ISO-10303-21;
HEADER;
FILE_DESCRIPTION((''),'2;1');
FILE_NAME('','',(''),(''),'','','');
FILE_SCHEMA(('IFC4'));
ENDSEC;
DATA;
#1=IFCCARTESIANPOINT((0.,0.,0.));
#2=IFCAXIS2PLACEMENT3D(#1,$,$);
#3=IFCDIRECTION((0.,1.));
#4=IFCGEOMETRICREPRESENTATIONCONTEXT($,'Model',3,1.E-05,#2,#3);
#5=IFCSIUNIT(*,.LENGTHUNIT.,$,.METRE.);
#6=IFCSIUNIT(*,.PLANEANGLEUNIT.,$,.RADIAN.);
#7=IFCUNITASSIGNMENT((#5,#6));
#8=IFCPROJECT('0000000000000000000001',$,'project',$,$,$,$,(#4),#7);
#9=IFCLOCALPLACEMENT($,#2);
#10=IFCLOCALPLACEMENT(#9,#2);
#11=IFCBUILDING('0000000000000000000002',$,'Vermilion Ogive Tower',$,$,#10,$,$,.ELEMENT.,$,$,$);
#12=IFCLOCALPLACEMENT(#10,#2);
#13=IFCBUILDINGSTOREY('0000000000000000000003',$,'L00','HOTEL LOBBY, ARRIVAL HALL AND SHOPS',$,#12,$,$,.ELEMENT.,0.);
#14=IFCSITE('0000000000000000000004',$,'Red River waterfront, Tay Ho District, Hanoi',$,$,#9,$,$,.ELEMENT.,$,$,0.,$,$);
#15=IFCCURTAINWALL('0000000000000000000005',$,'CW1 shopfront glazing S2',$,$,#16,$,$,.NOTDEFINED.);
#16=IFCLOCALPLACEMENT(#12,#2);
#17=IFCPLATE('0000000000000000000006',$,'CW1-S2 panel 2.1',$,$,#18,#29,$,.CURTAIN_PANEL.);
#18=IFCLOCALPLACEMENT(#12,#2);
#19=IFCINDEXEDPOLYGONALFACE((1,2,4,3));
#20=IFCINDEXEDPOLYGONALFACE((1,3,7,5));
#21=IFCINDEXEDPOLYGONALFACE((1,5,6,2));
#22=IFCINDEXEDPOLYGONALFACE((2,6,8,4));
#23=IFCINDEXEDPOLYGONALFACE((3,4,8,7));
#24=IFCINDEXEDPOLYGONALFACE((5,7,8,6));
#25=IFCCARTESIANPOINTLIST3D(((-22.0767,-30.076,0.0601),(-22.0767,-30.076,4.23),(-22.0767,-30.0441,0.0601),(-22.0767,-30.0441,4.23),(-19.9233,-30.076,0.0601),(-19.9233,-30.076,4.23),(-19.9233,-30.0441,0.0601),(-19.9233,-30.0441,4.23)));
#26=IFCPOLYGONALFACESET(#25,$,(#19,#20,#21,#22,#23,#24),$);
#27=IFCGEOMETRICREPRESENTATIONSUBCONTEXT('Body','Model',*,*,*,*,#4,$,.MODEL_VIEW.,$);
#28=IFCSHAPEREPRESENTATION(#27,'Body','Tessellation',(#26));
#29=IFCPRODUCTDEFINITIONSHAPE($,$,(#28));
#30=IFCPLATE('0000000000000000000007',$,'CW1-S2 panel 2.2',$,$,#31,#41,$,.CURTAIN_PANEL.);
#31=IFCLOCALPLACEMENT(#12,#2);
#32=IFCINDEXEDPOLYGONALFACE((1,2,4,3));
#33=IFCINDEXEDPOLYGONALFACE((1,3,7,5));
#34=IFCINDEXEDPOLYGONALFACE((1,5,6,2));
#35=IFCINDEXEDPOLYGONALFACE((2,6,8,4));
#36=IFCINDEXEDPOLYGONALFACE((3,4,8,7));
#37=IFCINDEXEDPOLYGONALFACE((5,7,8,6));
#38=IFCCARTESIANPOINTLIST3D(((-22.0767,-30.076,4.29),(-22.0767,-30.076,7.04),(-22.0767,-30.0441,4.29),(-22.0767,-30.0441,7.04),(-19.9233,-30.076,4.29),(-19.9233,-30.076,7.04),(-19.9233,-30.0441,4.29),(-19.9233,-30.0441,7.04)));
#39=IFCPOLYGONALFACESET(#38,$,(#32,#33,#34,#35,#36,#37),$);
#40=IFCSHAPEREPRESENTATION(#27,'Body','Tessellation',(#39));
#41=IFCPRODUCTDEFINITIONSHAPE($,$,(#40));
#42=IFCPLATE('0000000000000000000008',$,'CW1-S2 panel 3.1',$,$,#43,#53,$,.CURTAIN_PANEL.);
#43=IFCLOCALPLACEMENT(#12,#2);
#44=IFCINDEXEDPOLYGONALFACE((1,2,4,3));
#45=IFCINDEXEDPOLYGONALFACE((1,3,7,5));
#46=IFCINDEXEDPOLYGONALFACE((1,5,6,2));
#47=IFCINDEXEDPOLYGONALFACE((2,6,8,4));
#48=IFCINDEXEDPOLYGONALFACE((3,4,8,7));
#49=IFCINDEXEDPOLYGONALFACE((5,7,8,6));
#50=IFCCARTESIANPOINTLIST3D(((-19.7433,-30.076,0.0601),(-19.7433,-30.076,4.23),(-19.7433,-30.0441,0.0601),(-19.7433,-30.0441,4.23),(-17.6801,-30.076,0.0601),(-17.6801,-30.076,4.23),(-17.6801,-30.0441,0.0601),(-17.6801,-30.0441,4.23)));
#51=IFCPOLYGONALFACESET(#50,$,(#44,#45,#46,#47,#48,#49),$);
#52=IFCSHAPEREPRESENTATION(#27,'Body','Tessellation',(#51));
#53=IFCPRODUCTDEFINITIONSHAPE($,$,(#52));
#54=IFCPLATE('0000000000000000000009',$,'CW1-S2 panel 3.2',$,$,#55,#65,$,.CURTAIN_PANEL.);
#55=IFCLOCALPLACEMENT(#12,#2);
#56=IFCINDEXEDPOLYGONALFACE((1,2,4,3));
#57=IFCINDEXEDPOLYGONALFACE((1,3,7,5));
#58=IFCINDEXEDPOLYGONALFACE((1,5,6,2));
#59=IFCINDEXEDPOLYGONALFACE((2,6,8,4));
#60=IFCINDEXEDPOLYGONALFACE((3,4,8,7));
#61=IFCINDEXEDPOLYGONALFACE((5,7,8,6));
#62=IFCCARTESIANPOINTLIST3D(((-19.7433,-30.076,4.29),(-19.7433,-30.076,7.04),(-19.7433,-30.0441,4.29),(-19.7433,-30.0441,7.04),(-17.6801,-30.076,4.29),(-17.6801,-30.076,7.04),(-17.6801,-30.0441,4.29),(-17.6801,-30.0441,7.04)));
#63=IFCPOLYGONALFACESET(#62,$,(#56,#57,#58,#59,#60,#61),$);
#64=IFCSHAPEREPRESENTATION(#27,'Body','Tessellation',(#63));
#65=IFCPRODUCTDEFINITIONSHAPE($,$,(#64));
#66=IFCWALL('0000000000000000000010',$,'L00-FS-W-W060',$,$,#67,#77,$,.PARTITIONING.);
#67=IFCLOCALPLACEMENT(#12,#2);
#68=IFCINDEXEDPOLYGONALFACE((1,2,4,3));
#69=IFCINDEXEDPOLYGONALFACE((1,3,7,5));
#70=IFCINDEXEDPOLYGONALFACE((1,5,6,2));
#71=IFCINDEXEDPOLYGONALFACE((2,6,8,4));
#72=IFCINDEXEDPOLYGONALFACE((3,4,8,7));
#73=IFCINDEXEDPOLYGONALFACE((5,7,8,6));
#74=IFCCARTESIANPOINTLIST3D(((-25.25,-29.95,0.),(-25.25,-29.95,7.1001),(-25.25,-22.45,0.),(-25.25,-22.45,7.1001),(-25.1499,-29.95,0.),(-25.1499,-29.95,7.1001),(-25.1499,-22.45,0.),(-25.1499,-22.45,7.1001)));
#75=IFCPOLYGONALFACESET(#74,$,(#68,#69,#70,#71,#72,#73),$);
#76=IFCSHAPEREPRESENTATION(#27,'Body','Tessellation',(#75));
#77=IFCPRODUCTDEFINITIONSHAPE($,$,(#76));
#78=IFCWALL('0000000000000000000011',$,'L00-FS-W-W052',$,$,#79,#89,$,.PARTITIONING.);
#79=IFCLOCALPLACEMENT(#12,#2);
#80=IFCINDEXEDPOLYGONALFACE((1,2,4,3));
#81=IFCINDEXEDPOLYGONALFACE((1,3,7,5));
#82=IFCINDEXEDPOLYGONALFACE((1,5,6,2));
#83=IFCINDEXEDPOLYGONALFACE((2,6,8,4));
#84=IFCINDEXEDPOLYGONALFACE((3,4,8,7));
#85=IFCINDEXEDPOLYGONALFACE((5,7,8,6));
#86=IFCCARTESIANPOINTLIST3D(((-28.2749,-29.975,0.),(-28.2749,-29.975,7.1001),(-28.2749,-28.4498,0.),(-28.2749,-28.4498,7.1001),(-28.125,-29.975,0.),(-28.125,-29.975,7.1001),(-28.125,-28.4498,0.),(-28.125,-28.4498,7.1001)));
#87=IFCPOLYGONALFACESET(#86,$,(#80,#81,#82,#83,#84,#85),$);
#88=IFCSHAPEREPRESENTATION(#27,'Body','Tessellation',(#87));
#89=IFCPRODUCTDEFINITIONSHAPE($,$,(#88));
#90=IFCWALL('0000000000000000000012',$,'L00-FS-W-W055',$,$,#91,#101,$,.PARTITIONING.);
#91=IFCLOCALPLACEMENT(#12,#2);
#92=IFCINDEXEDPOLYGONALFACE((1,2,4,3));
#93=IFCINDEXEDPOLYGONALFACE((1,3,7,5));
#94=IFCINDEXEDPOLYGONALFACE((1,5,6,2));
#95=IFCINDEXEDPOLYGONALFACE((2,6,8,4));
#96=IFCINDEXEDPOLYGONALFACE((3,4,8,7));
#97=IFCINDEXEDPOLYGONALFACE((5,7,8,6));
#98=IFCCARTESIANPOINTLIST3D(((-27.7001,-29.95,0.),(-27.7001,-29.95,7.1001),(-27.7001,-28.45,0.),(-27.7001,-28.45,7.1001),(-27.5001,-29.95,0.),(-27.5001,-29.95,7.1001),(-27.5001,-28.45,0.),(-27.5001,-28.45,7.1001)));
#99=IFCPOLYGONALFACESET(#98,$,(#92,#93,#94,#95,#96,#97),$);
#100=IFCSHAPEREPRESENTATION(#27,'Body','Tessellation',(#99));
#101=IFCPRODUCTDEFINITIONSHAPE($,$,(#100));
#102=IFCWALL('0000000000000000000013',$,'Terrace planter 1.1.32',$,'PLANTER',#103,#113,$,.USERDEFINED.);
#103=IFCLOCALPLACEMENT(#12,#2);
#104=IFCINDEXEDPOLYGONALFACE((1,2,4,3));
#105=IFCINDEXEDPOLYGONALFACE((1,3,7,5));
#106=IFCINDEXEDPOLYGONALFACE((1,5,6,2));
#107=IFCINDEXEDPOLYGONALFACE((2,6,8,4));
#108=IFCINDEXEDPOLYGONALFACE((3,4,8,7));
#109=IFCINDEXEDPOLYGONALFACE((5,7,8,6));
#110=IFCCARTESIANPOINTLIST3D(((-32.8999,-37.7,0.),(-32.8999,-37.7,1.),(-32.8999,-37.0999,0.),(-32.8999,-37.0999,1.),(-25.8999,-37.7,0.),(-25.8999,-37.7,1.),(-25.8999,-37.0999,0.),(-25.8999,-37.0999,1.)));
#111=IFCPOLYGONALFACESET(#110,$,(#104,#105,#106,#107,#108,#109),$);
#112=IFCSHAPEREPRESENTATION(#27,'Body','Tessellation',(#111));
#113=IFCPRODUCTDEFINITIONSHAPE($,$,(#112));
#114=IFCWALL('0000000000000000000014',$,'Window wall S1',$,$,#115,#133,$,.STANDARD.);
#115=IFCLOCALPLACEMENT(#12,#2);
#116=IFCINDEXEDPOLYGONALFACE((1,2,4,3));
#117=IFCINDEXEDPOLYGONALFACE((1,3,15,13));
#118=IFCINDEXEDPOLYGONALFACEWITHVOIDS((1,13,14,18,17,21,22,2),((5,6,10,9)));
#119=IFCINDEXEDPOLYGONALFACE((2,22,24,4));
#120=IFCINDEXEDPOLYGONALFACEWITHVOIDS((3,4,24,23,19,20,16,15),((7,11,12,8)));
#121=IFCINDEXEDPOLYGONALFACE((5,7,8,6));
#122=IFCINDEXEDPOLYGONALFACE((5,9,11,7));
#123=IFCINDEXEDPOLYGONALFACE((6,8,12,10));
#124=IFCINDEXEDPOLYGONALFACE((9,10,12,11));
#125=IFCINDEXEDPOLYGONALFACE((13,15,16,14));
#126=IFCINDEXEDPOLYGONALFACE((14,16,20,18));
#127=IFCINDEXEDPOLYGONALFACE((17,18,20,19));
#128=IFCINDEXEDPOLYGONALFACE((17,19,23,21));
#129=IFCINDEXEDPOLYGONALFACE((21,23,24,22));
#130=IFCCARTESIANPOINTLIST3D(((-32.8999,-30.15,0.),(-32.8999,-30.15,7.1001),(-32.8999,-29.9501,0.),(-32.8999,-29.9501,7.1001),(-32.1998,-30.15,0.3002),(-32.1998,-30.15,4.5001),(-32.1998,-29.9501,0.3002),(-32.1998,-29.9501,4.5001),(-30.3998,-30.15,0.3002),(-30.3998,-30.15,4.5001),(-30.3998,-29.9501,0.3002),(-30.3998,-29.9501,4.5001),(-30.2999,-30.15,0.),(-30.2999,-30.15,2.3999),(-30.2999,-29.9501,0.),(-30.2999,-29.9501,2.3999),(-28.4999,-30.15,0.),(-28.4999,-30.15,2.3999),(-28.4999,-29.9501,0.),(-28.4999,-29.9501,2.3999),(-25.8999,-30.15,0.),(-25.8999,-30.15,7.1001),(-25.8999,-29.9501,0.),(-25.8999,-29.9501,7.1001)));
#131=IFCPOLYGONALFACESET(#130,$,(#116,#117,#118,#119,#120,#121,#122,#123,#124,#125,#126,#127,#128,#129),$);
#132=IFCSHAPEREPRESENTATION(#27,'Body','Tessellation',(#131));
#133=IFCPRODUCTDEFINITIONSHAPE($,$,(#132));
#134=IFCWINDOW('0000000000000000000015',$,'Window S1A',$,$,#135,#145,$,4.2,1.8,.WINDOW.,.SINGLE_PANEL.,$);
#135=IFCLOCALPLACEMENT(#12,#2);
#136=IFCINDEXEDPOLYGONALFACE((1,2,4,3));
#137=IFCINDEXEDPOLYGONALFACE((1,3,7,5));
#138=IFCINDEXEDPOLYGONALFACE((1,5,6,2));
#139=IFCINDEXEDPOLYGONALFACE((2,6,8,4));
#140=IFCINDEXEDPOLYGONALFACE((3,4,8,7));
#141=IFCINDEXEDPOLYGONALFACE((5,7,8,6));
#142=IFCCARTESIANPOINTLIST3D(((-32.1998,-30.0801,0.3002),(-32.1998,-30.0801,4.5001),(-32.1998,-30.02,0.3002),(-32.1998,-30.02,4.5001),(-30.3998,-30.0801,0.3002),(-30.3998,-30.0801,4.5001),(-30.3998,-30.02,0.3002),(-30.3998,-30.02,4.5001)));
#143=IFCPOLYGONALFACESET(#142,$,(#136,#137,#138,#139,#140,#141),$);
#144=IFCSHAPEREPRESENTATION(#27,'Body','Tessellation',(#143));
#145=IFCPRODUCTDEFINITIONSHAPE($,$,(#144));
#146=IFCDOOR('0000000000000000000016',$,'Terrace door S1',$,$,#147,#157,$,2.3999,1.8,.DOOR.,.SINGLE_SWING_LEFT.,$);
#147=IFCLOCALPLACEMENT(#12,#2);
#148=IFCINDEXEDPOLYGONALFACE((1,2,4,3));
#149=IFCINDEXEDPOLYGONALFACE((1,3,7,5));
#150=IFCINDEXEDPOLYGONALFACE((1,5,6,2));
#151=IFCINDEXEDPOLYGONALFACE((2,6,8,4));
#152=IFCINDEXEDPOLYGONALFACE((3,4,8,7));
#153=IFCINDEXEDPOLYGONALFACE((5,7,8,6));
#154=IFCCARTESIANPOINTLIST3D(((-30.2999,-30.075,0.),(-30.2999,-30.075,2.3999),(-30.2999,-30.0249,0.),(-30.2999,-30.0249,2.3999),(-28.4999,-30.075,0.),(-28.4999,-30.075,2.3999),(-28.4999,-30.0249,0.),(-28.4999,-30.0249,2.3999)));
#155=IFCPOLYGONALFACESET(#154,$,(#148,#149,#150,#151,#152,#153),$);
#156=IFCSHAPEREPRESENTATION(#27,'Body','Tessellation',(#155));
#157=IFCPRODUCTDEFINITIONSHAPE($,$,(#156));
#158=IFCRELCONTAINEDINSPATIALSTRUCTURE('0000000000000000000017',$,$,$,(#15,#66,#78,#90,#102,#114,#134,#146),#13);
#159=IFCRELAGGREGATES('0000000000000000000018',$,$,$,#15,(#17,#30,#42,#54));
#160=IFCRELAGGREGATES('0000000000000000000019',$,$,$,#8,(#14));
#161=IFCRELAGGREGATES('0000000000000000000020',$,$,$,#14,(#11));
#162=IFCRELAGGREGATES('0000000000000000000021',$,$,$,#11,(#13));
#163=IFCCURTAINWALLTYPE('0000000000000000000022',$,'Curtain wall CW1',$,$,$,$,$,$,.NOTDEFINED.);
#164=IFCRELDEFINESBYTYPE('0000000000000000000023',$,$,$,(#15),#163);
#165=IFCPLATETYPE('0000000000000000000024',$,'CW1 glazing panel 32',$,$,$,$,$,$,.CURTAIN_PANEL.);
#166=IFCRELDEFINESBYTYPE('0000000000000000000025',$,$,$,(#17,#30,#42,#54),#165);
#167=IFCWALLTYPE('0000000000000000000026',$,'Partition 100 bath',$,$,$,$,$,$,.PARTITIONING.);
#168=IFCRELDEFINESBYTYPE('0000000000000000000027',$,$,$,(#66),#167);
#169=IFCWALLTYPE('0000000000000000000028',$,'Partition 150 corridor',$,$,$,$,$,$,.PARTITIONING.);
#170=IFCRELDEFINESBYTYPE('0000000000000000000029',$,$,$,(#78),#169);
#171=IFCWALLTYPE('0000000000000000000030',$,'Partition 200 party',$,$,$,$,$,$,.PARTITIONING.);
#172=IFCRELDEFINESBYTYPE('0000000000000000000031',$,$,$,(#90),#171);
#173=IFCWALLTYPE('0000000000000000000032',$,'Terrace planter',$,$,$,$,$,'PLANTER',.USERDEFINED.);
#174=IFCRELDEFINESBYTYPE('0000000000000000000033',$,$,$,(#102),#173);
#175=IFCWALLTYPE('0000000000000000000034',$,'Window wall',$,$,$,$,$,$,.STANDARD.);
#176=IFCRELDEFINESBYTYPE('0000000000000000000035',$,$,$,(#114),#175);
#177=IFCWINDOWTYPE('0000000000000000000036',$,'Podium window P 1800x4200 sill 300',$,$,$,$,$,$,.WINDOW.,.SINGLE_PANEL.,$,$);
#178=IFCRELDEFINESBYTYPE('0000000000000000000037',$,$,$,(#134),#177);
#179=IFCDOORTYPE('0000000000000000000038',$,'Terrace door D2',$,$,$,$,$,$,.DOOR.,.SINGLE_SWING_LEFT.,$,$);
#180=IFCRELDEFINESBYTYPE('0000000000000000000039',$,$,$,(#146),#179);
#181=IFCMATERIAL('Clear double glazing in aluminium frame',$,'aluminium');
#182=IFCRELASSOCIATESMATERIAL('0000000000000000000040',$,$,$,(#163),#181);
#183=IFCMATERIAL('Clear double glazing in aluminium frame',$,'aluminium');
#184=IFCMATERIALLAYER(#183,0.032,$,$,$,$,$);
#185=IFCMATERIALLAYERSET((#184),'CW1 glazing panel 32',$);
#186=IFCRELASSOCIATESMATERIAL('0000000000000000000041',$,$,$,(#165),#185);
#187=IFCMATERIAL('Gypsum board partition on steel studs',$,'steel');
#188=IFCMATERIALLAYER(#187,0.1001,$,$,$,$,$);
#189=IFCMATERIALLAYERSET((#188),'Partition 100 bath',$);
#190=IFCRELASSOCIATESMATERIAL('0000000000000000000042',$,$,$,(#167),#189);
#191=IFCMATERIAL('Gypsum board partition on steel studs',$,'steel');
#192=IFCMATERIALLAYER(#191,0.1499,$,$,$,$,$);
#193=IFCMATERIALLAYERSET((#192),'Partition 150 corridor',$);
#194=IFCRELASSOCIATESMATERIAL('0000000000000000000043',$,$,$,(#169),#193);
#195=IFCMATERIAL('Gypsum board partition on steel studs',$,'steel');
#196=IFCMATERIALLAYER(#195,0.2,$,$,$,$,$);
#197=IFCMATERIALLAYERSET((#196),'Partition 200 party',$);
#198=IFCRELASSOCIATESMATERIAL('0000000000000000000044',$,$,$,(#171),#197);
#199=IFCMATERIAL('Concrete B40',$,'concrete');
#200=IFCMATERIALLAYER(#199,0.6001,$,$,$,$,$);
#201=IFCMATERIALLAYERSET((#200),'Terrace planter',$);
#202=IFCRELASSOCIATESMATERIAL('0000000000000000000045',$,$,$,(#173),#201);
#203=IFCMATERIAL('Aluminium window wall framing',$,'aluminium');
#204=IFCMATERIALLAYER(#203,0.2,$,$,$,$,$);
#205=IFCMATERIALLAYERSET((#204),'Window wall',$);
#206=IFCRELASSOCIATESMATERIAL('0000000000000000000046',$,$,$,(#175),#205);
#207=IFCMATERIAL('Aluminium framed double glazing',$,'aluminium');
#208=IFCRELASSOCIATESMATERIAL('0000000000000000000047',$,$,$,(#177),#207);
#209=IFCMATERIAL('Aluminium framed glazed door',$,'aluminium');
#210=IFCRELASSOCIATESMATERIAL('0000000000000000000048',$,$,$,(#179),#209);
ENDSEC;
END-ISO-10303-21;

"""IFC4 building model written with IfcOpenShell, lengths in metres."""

from ifc_helpers import new_model, si_unit, direction, frame, frame_2d, origin, origin_2d, place, context, subcontext, project, spatial, rectangle, extrude, material, layer, layer_set, type_object, element, fill, aggregate, save


model = new_model("IFC4")

# Units and contexts
model_context = context("Model", 3, precision=1e-05, world=origin(), true_north=direction((0.0, 1.0)))
body_context = subcontext(model_context, "Body", "Model", "MODEL_VIEW")
ifc_project = project(units=[si_unit("LENGTHUNIT", "METRE"), si_unit("PLANEANGLEUNIT", "RADIAN")], contexts=[model_context])

# Site, building, storey
site_placement = place(None, origin())
site = spatial("IfcSite", under=ifc_project, at=site_placement, Name="Red River waterfront, Tay Ho District, Hanoi", CompositionType="ELEMENT", RefElevation=0.0)
building_placement = place(site_placement, origin())
building = spatial("IfcBuilding", under=site, at=building_placement, Name="Vermilion Ogive Tower", CompositionType="ELEMENT")
storey_placement = place(building_placement, origin())
storey = spatial("IfcBuildingStorey", under=building, at=storey_placement, Name="L00", Description="HOTEL LOBBY, ARRIVAL HALL AND SHOPS", CompositionType="ELEMENT", Elevation=0.0)

# Curtain wall, plates
ifc_material_1 = material(Name="Clear double glazing in aluminium frame", Category="aluminium")
curtain_wall_type = type_object("IfcCurtainWallType", Name="Curtain wall CW1", PredefinedType="NOTDEFINED", material=ifc_material_1)
curtain_wall_placement = place(storey_placement, origin())
curtain_wall = element("IfcCurtainWall", 1, at=curtain_wall_placement, inside=storey, type_object=curtain_wall_type, Name="CW1 shopfront glazing S2", PredefinedType="NOTDEFINED")
ifc_material_2 = material(Name="Clear double glazing in aluminium frame", Category="aluminium")
ifc_layer_1 = layer(ifc_material_2, 0.032)
ifc_layer_set_1 = layer_set([ifc_layer_1], Name="CW1 glazing panel 32")
plate_type = type_object("IfcPlateType", Name="CW1 glazing panel 32", PredefinedType="CURTAIN_PANEL", material=ifc_layer_set_1)
plate_1_placement = place(storey_placement, frame((-21.0, -30.0601, 0.0601), z_axis=(0.0, 0.0, 1.0), x_axis=(1.0, 0.0, 0.0)))
plate_1 = element("IfcPlate", 2, at=plate_1_placement, type_object=plate_type, Name="CW1-S2 panel 2.1", PredefinedType="CURTAIN_PANEL", context=body_context, shape_type="SweptSolid", body=[
    extrude(rectangle(XDim=2.1533, YDim=0.032, at=origin_2d()), origin(), (0.0, 0.0, 1.0), 4.1699),
])
plate_2_placement = place(storey_placement, frame((-21.0, -30.0601, 4.29), z_axis=(0.0, 0.0, 1.0), x_axis=(1.0, 0.0, 0.0)))
plate_2 = element("IfcPlate", 3, at=plate_2_placement, type_object=plate_type, Name="CW1-S2 panel 2.2", PredefinedType="CURTAIN_PANEL", context=body_context, shape_type="SweptSolid", body=[
    extrude(rectangle(XDim=2.1533, YDim=0.032, at=origin_2d()), origin(), (0.0, 0.0, 1.0), 2.75),
])
plate_3_placement = place(storey_placement, frame((-18.7117, -30.0601, 0.0601), z_axis=(0.0, 0.0, 1.0), x_axis=(1.0, 0.0, 0.0)))
plate_3 = element("IfcPlate", 4, at=plate_3_placement, type_object=plate_type, Name="CW1-S2 panel 3.1", PredefinedType="CURTAIN_PANEL", context=body_context, shape_type="SweptSolid", body=[
    extrude(rectangle(XDim=2.0632, YDim=0.032, at=origin_2d()), origin(), (0.0, 0.0, 1.0), 4.1699),
])
plate_4_placement = place(storey_placement, frame((-18.7117, -30.0601, 4.29), z_axis=(0.0, 0.0, 1.0), x_axis=(1.0, 0.0, 0.0)))
plate_4 = element("IfcPlate", 5, at=plate_4_placement, type_object=plate_type, Name="CW1-S2 panel 3.2", PredefinedType="CURTAIN_PANEL", context=body_context, shape_type="SweptSolid", body=[
    extrude(rectangle(XDim=2.0632, YDim=0.032, at=origin_2d()), origin(), (0.0, 0.0, 1.0), 2.75),
])
aggregate(curtain_wall, [plate_1, plate_2, plate_3, plate_4])

# Walls
ifc_material_3 = material(Name="Gypsum board partition on steel studs", Category="steel")
ifc_layer_2 = layer(ifc_material_3, 0.1001)
ifc_layer_set_2 = layer_set([ifc_layer_2], Name="Partition 100 bath")
wall_type_1 = type_object("IfcWallType", Name="Partition 100 bath", PredefinedType="PARTITIONING", material=ifc_layer_set_2)
wall_1_placement = place(storey_placement, frame((-25.2, -29.95, 0.0), z_axis=(0.0, 0.0, 1.0), x_axis=(0.0, 1.0, 0.0)))
element("IfcWall", 6, at=wall_1_placement, inside=storey, type_object=wall_type_1, Name="L00-FS-W-W060", PredefinedType="PARTITIONING", context=body_context, shape_type="SweptSolid", body=[
    extrude(rectangle(XDim=7.5, YDim=0.1001, at=frame_2d((3.75, 0.0))), origin(), (0.0, 0.0, 1.0), 7.1001),
])
ifc_material_4 = material(Name="Gypsum board partition on steel studs", Category="steel")
ifc_layer_3 = layer(ifc_material_4, 0.1499)
ifc_layer_set_3 = layer_set([ifc_layer_3], Name="Partition 150 corridor")
wall_type_2 = type_object("IfcWallType", Name="Partition 150 corridor", PredefinedType="PARTITIONING", material=ifc_layer_set_3)
wall_2_placement = place(storey_placement, frame((-28.2, -29.9751, 0.0), z_axis=(0.0, 0.0, 1.0), x_axis=(0.0, 1.0, 0.0)))
element("IfcWall", 7, at=wall_2_placement, inside=storey, type_object=wall_type_2, Name="L00-FS-W-W052", PredefinedType="PARTITIONING", context=body_context, shape_type="SweptSolid", body=[
    extrude(rectangle(XDim=1.5251, YDim=0.1499, at=frame_2d((0.7627, 0.0))), origin(), (0.0, 0.0, 1.0), 7.1001),
])
ifc_material_5 = material(Name="Gypsum board partition on steel studs", Category="steel")
ifc_layer_4 = layer(ifc_material_5, 0.2)
ifc_layer_set_4 = layer_set([ifc_layer_4], Name="Partition 200 party")
wall_type_3 = type_object("IfcWallType", Name="Partition 200 party", PredefinedType="PARTITIONING", material=ifc_layer_set_4)
wall_3_placement = place(storey_placement, frame((-27.6001, -29.95, 0.0), z_axis=(0.0, 0.0, 1.0), x_axis=(0.0, 1.0, 0.0)))
element("IfcWall", 8, at=wall_3_placement, inside=storey, type_object=wall_type_3, Name="L00-FS-W-W055", PredefinedType="PARTITIONING", context=body_context, shape_type="SweptSolid", body=[
    extrude(rectangle(XDim=1.5, YDim=0.2, at=frame_2d((0.75, 0.0))), origin(), (0.0, 0.0, 1.0), 7.1001),
])
ifc_material_6 = material(Name="Concrete B40", Category="concrete")
ifc_layer_5 = layer(ifc_material_6, 0.6001)
ifc_layer_set_5 = layer_set([ifc_layer_5], Name="Terrace planter")
wall_type_4 = type_object("IfcWallType", Name="Terrace planter", ElementType="PLANTER", PredefinedType="USERDEFINED", material=ifc_layer_set_5)
wall_4_placement = place(storey_placement, frame((-25.8999, -37.3999, 0.0), z_axis=(0.0, 0.0, 1.0), x_axis=(-1.0, 0.0, 0.0)))
element("IfcWall", 9, at=wall_4_placement, inside=storey, type_object=wall_type_4, Name="Terrace planter 1.1.32", ObjectType="PLANTER", PredefinedType="USERDEFINED", context=body_context, shape_type="SweptSolid", body=[
    extrude(rectangle(XDim=7.0, YDim=0.6001, at=frame_2d((3.5, 0.0))), origin(), (0.0, 0.0, 1.0), 1.0),
])

# Wall, openings, window, door
ifc_material_7 = material(Name="Aluminium window wall framing", Category="aluminium")
ifc_layer_6 = layer(ifc_material_7, 0.2)
ifc_layer_set_6 = layer_set([ifc_layer_6], Name="Window wall")
wall_type_5 = type_object("IfcWallType", Name="Window wall", PredefinedType="STANDARD", material=ifc_layer_set_6)
wall_5_placement = place(storey_placement, frame((-25.8999, -30.05, 0.0), z_axis=(0.0, 0.0, 1.0), x_axis=(-1.0, 0.0, 0.0)))
wall_5 = element("IfcWall", 10, at=wall_5_placement, inside=storey, type_object=wall_type_5, Name="Window wall S1", PredefinedType="STANDARD", context=body_context, shape_type="SweptSolid", body=[
    extrude(rectangle(XDim=7.0, YDim=0.2, at=frame_2d((3.5, 0.0))), origin(), (0.0, 0.0, 1.0), 7.1001),
])
opening_1_placement = place(wall_5_placement, frame((4.5, 0.0, 0.3)))
opening_1 = element("IfcOpeningElement", 11, at=opening_1_placement, cuts=wall_5, PredefinedType="OPENING", context=body_context, shape_type="SweptSolid", body=[
    extrude(rectangle(XDim=1.8, YDim=4.2, at=frame_2d((0.8999, 2.1001))), frame((0.0, 0.1099, 0.0), z_axis=(0.0, -1.0, 0.0), x_axis=(1.0, 0.0, 0.0)), (0.0, 0.0, 1.0), 0.22),
])
opening_2_placement = place(wall_5_placement, frame((2.6001, 0.0, 0.0)))
opening_2 = element("IfcOpeningElement", 12, at=opening_2_placement, cuts=wall_5, PredefinedType="OPENING", context=body_context, shape_type="SweptSolid", body=[
    extrude(rectangle(XDim=1.8, YDim=2.3999, at=frame_2d((0.8999, 1.2))), frame((0.0, 0.1099, 0.0), z_axis=(0.0, -1.0, 0.0), x_axis=(1.0, 0.0, 0.0)), (0.0, 0.0, 1.0), 0.22),
])
ifc_material_8 = material(Name="Aluminium framed double glazing", Category="aluminium")
window_type = type_object("IfcWindowType", Name="Podium window P 1800x4200 sill 300", PartitioningType="SINGLE_PANEL", PredefinedType="WINDOW", material=ifc_material_8)
window_placement = place(opening_1_placement, origin())
window = element("IfcWindow", 13, at=window_placement, inside=storey, type_object=window_type, Name="Window S1A", OverallHeight=4.2, OverallWidth=1.8, PartitioningType="SINGLE_PANEL", PredefinedType="WINDOW", context=body_context, shape_type="SweptSolid", body=[
    extrude(rectangle(XDim=1.8, YDim=4.2, at=frame_2d((0.8999, 2.1001))), frame((0.0, 0.03, 0.0), z_axis=(0.0, -1.0, 0.0), x_axis=(1.0, 0.0, 0.0)), (0.0, 0.0, 1.0), 0.0601),
])
fill(opening_1, window)
ifc_material_9 = material(Name="Aluminium framed glazed door", Category="aluminium")
door_type = type_object("IfcDoorType", Name="Terrace door D2", OperationType="SINGLE_SWING_LEFT", PredefinedType="DOOR", material=ifc_material_9)
door_placement = place(opening_2_placement, origin())
door = element("IfcDoor", 14, at=door_placement, inside=storey, type_object=door_type, Name="Terrace door S1", OperationType="SINGLE_SWING_LEFT", OverallHeight=2.3999, OverallWidth=1.8, PredefinedType="DOOR", context=body_context, shape_type="SweptSolid", body=[
    extrude(rectangle(XDim=1.8, YDim=2.3999, at=frame_2d((0.8999, 1.2))), frame((0.0, 0.0249, 0.0), z_axis=(0.0, -1.0, 0.0), x_axis=(1.0, 0.0, 0.0)), (0.0, 0.0, 1.0), 0.05),
])
fill(opening_2, door)

save(model, "model.ifc")
